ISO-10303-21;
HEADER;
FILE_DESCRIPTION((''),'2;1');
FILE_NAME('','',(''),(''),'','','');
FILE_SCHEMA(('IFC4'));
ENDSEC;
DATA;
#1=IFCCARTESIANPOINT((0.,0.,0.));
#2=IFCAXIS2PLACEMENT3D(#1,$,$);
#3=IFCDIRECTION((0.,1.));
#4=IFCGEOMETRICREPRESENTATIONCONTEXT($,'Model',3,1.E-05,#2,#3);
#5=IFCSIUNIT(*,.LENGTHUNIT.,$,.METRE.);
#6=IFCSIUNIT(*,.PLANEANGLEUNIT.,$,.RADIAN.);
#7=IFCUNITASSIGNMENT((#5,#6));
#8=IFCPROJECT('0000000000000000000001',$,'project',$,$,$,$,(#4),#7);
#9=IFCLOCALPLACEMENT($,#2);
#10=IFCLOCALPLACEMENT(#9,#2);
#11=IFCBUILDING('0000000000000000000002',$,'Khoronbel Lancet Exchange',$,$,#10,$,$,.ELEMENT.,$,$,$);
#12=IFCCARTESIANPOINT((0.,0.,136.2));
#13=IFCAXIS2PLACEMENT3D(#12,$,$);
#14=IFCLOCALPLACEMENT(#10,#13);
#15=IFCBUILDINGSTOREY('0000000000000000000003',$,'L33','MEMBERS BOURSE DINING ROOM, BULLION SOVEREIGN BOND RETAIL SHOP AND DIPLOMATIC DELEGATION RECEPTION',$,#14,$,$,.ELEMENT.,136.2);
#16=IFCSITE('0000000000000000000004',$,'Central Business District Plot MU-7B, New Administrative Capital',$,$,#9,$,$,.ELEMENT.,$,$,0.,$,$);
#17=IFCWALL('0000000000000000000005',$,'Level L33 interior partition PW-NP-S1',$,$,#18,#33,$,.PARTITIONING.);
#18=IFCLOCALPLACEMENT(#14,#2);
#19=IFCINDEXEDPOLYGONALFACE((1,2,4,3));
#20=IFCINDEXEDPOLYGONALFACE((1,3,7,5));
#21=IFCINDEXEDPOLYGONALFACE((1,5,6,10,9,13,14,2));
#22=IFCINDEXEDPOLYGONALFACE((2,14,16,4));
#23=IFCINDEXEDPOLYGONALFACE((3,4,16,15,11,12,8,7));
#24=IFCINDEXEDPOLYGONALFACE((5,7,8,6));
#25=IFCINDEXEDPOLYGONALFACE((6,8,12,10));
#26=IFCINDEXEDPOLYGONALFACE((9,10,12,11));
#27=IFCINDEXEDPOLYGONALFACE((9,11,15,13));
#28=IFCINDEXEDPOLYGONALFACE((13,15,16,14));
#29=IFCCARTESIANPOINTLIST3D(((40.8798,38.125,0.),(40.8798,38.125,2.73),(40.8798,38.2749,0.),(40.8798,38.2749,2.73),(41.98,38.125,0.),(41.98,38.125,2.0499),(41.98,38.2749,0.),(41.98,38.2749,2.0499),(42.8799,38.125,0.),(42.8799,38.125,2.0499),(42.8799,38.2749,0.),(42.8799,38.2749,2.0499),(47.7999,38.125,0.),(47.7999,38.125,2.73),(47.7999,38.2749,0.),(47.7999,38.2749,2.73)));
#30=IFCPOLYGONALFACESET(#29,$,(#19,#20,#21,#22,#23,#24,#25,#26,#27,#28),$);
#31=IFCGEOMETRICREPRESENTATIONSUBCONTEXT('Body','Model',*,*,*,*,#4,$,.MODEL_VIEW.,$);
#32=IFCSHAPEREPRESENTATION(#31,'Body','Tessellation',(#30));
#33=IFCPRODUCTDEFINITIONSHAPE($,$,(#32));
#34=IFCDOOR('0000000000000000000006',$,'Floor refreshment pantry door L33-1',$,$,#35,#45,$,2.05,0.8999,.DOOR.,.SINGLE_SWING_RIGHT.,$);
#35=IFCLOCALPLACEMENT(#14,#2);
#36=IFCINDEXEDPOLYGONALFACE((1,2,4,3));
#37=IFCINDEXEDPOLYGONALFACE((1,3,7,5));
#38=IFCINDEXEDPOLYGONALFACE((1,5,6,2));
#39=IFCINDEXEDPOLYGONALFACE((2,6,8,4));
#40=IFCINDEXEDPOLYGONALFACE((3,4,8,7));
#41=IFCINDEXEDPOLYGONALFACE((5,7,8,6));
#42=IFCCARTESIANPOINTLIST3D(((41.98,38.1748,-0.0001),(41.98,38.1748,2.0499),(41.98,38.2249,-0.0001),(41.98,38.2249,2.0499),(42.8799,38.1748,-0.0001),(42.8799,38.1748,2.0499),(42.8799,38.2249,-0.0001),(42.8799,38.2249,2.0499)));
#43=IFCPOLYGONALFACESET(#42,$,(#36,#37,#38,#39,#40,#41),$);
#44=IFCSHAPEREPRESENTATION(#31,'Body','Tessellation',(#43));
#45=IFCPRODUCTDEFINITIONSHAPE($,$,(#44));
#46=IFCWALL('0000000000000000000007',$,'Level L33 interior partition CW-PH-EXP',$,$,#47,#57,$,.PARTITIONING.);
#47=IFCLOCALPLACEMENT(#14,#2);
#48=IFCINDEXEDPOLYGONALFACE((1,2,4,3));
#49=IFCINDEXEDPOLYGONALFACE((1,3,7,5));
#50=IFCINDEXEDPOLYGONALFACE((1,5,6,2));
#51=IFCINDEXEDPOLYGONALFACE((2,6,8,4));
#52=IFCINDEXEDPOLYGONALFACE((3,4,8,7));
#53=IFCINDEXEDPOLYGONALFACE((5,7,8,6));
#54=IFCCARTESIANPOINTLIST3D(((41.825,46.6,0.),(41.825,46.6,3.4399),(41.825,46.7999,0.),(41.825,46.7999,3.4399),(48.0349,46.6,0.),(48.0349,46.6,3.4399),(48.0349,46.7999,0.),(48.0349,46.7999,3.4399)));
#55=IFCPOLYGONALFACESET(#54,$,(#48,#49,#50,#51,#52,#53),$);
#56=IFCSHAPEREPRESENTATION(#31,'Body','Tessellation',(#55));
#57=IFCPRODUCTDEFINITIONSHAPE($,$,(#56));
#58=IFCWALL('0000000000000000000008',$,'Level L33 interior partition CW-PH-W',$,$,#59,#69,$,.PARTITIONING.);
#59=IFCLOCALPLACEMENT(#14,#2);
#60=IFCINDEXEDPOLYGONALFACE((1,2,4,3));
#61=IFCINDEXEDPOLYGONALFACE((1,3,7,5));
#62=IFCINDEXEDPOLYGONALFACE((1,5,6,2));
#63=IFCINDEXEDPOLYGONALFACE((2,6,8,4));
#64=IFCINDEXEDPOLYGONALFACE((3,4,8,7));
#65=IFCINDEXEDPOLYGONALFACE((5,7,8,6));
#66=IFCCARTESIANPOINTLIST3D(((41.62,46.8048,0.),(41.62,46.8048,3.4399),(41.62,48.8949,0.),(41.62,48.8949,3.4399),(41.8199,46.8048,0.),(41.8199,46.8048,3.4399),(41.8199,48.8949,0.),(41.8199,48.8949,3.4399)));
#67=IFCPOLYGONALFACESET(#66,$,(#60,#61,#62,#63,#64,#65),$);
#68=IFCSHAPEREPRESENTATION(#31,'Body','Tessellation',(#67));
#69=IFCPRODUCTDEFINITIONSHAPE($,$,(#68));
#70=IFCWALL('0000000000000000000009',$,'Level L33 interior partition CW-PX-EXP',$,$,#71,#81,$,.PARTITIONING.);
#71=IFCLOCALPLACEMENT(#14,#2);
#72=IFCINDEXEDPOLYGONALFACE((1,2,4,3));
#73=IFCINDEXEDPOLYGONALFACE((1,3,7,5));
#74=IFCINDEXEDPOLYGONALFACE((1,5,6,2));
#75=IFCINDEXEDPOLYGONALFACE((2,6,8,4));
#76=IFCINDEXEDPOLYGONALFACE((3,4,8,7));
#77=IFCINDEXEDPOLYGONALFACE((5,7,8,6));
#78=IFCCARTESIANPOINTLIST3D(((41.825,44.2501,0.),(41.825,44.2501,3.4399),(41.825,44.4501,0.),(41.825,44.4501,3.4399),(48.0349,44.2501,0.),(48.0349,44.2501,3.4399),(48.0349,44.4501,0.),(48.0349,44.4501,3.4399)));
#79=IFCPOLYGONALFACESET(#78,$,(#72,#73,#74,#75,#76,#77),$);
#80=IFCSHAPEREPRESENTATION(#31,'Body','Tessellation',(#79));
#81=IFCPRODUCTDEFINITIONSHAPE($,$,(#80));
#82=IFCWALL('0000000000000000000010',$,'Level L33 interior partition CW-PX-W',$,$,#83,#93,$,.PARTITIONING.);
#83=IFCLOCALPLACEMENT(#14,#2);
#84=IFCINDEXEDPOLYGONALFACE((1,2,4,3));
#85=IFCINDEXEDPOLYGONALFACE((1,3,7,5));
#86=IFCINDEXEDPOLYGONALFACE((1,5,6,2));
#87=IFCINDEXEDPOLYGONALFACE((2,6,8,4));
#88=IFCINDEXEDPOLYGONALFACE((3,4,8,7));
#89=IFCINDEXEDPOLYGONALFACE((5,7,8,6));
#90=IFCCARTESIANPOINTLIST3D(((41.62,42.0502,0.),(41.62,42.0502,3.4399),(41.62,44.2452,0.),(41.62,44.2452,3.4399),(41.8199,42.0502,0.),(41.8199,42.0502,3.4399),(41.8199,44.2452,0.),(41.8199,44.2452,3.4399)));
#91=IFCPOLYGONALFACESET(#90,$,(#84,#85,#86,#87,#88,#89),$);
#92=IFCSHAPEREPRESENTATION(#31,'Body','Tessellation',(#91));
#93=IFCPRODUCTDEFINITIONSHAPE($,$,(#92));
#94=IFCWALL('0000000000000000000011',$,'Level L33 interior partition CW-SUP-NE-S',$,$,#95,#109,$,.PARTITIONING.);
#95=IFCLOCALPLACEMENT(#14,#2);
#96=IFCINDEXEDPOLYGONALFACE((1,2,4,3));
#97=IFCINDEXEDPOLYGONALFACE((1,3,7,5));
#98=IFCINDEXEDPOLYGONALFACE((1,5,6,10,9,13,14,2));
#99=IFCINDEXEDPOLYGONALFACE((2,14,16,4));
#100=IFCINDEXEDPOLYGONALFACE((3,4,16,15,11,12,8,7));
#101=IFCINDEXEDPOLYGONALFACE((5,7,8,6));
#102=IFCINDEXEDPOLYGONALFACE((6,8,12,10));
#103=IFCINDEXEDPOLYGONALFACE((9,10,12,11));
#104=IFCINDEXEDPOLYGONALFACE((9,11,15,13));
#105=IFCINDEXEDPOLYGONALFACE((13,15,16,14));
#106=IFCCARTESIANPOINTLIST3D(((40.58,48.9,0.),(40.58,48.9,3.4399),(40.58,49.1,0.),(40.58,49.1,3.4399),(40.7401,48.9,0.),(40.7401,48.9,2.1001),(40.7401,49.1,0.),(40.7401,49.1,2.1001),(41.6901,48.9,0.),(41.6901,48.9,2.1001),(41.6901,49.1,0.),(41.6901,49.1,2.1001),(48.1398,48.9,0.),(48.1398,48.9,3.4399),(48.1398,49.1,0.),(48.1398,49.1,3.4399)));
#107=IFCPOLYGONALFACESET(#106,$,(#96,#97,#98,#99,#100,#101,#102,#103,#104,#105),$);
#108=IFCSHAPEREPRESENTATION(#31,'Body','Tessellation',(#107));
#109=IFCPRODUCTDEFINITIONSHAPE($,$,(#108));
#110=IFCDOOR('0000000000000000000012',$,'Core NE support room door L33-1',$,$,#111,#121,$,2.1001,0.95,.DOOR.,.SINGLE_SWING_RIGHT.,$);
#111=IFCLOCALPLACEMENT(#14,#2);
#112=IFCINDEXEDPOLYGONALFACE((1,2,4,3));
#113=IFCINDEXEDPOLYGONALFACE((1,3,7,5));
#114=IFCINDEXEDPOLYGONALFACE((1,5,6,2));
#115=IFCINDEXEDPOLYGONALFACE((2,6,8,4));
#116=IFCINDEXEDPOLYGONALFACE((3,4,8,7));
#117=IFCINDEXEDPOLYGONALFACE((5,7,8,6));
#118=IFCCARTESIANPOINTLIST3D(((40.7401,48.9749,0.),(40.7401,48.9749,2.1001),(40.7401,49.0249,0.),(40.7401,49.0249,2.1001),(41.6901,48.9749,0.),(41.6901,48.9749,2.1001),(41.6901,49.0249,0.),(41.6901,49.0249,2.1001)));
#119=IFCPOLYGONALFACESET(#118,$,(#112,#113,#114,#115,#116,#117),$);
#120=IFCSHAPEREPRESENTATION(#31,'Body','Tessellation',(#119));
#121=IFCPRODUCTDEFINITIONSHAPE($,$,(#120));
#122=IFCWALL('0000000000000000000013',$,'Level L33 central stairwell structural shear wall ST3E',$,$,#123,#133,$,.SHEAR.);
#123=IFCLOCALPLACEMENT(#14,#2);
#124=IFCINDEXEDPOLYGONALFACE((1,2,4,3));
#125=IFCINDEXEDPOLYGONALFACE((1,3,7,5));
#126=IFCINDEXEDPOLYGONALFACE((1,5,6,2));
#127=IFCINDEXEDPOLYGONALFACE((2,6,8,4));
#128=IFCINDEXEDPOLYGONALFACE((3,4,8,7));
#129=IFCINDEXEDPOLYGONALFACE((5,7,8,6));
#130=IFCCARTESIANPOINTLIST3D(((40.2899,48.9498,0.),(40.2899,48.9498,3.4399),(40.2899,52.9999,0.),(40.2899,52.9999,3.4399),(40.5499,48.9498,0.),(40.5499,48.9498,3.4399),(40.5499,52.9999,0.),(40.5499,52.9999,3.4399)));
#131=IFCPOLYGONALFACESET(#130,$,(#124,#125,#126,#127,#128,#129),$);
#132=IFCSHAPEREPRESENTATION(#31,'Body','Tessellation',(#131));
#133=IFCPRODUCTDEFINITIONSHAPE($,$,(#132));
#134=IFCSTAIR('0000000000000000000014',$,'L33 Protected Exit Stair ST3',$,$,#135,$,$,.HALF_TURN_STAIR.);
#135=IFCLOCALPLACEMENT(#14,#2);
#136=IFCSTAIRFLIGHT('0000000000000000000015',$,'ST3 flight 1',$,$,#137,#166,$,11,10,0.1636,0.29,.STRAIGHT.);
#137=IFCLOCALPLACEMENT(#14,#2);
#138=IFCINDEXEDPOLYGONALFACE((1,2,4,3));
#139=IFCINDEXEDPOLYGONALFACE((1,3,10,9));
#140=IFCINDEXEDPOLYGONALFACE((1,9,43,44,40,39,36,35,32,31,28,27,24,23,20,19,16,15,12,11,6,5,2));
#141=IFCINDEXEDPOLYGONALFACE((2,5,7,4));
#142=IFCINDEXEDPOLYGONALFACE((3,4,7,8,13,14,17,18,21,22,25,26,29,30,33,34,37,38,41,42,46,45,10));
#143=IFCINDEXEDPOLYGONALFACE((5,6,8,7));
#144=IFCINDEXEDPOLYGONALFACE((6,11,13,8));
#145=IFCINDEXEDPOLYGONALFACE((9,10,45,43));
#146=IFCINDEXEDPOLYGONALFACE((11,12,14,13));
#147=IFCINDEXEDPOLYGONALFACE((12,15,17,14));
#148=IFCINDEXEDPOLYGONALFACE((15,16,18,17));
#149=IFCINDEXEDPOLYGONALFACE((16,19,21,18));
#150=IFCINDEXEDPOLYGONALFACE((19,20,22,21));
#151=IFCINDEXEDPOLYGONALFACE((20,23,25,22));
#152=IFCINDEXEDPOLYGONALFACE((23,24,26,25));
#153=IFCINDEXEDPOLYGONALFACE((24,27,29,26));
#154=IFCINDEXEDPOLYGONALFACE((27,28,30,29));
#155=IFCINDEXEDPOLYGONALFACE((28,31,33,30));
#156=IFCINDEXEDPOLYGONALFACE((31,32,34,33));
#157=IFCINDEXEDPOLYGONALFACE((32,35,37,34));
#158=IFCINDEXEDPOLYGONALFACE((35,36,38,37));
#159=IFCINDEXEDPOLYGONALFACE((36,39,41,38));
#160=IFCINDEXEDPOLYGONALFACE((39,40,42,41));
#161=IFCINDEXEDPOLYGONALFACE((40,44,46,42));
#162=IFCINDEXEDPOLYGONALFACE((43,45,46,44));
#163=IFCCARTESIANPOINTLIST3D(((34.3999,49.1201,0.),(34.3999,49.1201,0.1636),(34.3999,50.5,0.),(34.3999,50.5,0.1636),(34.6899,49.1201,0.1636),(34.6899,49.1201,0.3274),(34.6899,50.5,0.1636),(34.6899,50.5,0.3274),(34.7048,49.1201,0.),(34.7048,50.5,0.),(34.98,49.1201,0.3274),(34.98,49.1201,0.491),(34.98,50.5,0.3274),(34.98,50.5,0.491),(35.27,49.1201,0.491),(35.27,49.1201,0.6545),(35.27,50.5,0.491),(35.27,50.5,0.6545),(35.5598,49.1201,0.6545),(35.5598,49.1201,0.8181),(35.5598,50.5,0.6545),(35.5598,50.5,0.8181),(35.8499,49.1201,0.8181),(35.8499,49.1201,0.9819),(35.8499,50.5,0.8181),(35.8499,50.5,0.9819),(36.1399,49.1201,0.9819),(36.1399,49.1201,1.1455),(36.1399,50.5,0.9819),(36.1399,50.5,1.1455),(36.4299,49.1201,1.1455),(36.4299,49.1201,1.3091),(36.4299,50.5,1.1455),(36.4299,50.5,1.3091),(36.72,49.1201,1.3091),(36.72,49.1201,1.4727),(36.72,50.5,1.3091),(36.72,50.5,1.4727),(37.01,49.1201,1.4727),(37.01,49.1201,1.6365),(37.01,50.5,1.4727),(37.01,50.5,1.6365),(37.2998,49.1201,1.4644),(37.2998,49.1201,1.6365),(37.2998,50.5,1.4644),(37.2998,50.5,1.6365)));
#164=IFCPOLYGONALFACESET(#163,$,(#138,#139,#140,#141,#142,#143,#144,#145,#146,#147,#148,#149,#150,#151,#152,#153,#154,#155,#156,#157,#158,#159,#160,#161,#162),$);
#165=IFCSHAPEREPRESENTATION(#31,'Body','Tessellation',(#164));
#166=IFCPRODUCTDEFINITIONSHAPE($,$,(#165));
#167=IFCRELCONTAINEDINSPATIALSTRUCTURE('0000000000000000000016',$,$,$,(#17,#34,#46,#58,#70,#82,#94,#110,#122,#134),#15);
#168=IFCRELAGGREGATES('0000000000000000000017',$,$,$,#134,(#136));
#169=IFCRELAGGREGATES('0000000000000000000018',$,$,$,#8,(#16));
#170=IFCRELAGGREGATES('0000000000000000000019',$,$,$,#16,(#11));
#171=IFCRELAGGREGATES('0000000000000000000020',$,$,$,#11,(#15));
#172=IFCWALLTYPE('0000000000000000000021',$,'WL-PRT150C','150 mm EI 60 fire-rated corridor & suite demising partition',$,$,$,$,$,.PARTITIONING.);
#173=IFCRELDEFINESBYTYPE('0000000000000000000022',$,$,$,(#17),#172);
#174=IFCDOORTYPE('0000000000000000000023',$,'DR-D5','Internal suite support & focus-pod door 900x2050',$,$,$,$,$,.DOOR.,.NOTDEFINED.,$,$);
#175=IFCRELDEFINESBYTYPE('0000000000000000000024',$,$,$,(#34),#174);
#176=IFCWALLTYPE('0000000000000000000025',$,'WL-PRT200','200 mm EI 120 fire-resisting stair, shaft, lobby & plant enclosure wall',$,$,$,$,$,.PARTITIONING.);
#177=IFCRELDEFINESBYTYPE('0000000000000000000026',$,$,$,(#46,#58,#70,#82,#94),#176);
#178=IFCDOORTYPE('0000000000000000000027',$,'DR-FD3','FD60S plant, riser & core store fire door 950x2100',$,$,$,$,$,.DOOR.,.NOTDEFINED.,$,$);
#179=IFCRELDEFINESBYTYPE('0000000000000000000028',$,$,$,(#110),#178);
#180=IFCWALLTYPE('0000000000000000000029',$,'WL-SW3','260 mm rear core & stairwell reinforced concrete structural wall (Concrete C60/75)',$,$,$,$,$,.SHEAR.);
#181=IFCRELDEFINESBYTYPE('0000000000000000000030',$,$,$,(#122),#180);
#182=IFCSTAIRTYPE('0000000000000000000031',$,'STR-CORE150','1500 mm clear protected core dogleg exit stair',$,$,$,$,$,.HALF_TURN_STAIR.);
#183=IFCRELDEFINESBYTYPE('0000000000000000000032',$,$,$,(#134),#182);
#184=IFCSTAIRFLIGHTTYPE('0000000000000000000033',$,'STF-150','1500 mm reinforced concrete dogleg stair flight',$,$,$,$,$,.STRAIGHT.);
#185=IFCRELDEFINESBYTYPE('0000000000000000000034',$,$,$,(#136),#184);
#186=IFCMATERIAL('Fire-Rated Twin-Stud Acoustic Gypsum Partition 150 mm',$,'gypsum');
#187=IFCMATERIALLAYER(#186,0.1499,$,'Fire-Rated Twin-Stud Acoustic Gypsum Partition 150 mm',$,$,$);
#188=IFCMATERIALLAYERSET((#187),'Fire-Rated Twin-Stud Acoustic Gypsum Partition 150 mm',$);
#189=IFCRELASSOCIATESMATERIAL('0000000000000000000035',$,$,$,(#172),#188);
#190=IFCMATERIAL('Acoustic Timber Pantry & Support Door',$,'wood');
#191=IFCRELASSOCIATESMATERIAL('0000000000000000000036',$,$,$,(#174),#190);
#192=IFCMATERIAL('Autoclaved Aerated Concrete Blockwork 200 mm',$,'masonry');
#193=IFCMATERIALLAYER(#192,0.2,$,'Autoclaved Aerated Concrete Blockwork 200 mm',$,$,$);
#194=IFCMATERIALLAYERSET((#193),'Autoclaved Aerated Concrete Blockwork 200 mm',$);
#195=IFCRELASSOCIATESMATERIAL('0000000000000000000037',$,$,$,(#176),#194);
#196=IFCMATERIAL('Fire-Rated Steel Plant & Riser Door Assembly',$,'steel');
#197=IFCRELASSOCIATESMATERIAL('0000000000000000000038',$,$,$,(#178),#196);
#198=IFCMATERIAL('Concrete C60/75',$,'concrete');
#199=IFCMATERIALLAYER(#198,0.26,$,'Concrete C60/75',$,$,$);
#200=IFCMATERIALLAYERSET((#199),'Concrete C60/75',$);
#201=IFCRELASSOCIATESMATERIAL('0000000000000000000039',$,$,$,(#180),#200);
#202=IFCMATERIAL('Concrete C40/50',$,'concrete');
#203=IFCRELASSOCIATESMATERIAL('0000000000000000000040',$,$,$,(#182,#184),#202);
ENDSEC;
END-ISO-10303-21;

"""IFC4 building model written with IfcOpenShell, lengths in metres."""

from ifc_helpers import new_model, si_unit, direction, frame, frame_2d, origin, place, context, subcontext, project, spatial, polyline, rectangle, outline, extrude, material, layer, layer_set, type_object, element, fill, aggregate, save


model = new_model("IFC4")

# Units and contexts
model_context = context("Model", 3, precision=1e-05, world=origin(), true_north=direction((0.0, 1.0)))
body_context = subcontext(model_context, "Body", "Model", "MODEL_VIEW")
ifc_project = project(units=[si_unit("LENGTHUNIT", "METRE"), si_unit("PLANEANGLEUNIT", "RADIAN")], contexts=[model_context])

# Site, building, storey
site_placement = place(None, origin())
site = spatial("IfcSite", under=ifc_project, at=site_placement, Name="Central Business District Plot MU-7B, New Administrative Capital", CompositionType="ELEMENT", RefElevation=0.0)
building_placement = place(site_placement, origin())
building = spatial("IfcBuilding", under=site, at=building_placement, Name="Khoronbel Lancet Exchange", CompositionType="ELEMENT")
storey_placement = place(building_placement, frame((0.0, 0.0, 136.2)))
storey = spatial("IfcBuildingStorey", under=building, at=storey_placement, Name="L33", Description="MEMBERS BOURSE DINING ROOM, BULLION SOVEREIGN BOND RETAIL SHOP AND DIPLOMATIC DELEGATION RECEPTION", CompositionType="ELEMENT", Elevation=136.2)

# Wall, opening, door
ifc_material_1 = material(Name="Fire-Rated Twin-Stud Acoustic Gypsum Partition 150 mm", Category="gypsum")
ifc_layer_1 = layer(ifc_material_1, 0.1499, Name="Fire-Rated Twin-Stud Acoustic Gypsum Partition 150 mm")
ifc_layer_set_1 = layer_set([ifc_layer_1], Name="Fire-Rated Twin-Stud Acoustic Gypsum Partition 150 mm")
wall_type_1 = type_object("IfcWallType", Name="WL-PRT150C", Description="150 mm EI 60 fire-rated corridor & suite demising partition", PredefinedType="PARTITIONING", material=ifc_layer_set_1)
wall_1_placement = place(storey_placement, frame((40.8799, 38.2, 0.0), z_axis=(0.0, 0.0, 1.0), x_axis=(1.0, 0.0, 0.0)))
wall_1 = element("IfcWall", 1, at=wall_1_placement, inside=storey, type_object=wall_type_1, Name="Level L33 interior partition PW-NP-S1", PredefinedType="PARTITIONING", context=body_context, shape_type="SweptSolid", body=[
    extrude(rectangle(XDim=6.9202, YDim=0.1499, at=frame_2d((3.46, 0.0))), origin(), (0.0, 0.0, 1.0), 2.73),
])
opening_1_placement = place(wall_1_placement, frame((1.1001, 0.0, 0.0)))
opening_1 = element("IfcOpeningElement", 2, at=opening_1_placement, cuts=wall_1, PredefinedType="OPENING", context=body_context, shape_type="SweptSolid", body=[
    extrude(rectangle(XDim=0.8999, YDim=2.05, at=frame_2d((0.45, 1.0249))), frame((0.0, 0.085, 0.0), z_axis=(0.0, -1.0, 0.0), x_axis=(1.0, 0.0, 0.0)), (0.0, 0.0, 1.0), 0.1699),
])
ifc_material_2 = material(Name="Acoustic Timber Pantry & Support Door", Category="wood")
door_type_1 = type_object("IfcDoorType", Name="DR-D5", Description="Internal suite support & focus-pod door 900x2050", OperationType="NOTDEFINED", PredefinedType="DOOR", material=ifc_material_2)
door_1_placement = place(opening_1_placement, origin())
door_1 = element("IfcDoor", 3, at=door_1_placement, inside=storey, type_object=door_type_1, Name="Floor refreshment pantry door L33-1", OperationType="SINGLE_SWING_RIGHT", OverallHeight=2.05, OverallWidth=0.8999, PredefinedType="DOOR", context=body_context, shape_type="SweptSolid", body=[
    extrude(rectangle(XDim=0.8999, YDim=2.05, at=frame_2d((0.45, 1.0249))), frame((0.0, 0.0249, 0.0), z_axis=(0.0, -1.0, 0.0), x_axis=(1.0, 0.0, 0.0)), (0.0, 0.0, 1.0), 0.05),
])
fill(opening_1, door_1)

# Walls
ifc_material_3 = material(Name="Autoclaved Aerated Concrete Blockwork 200 mm", Category="masonry")
ifc_layer_2 = layer(ifc_material_3, 0.2, Name="Autoclaved Aerated Concrete Blockwork 200 mm")
ifc_layer_set_2 = layer_set([ifc_layer_2], Name="Autoclaved Aerated Concrete Blockwork 200 mm")
wall_type_2 = type_object("IfcWallType", Name="WL-PRT200", Description="200 mm EI 120 fire-resisting stair, shaft, lobby & plant enclosure wall", PredefinedType="PARTITIONING", material=ifc_layer_set_2)
wall_2_placement = place(storey_placement, frame((41.825, 46.7, 0.0), z_axis=(0.0, 0.0, 1.0), x_axis=(1.0, 0.0, 0.0)))
element("IfcWall", 4, at=wall_2_placement, inside=storey, type_object=wall_type_2, Name="Level L33 interior partition CW-PH-EXP", PredefinedType="PARTITIONING", context=body_context, shape_type="SweptSolid", body=[
    extrude(rectangle(XDim=6.21, YDim=0.2, at=frame_2d((3.105, 0.0))), origin(), (0.0, 0.0, 1.0), 3.4399),
])
wall_3_placement = place(storey_placement, frame((41.72, 46.8049, 0.0), z_axis=(0.0, 0.0, 1.0), x_axis=(0.0, 1.0, 0.0)))
element("IfcWall", 5, at=wall_3_placement, inside=storey, type_object=wall_type_2, Name="Level L33 interior partition CW-PH-W", PredefinedType="PARTITIONING", context=body_context, shape_type="SweptSolid", body=[
    extrude(rectangle(XDim=2.0901, YDim=0.2, at=frame_2d((1.0449, 0.0))), origin(), (0.0, 0.0, 1.0), 3.4399),
])
wall_4_placement = place(storey_placement, frame((41.825, 44.3501, 0.0), z_axis=(0.0, 0.0, 1.0), x_axis=(1.0, 0.0, 0.0)))
element("IfcWall", 6, at=wall_4_placement, inside=storey, type_object=wall_type_2, Name="Level L33 interior partition CW-PX-EXP", PredefinedType="PARTITIONING", context=body_context, shape_type="SweptSolid", body=[
    extrude(rectangle(XDim=6.21, YDim=0.2, at=frame_2d((3.105, 0.0))), origin(), (0.0, 0.0, 1.0), 3.4399),
])
wall_5_placement = place(storey_placement, frame((41.72, 42.05, 0.0), z_axis=(0.0, 0.0, 1.0), x_axis=(0.0, 1.0, 0.0)))
element("IfcWall", 7, at=wall_5_placement, inside=storey, type_object=wall_type_2, Name="Level L33 interior partition CW-PX-W", PredefinedType="PARTITIONING", context=body_context, shape_type="SweptSolid", body=[
    extrude(rectangle(XDim=2.1951, YDim=0.2, at=frame_2d((1.0977, 0.0))), origin(), (0.0, 0.0, 1.0), 3.4399),
])

# Wall, opening, door
wall_6_placement = place(storey_placement, frame((40.5801, 49.0, 0.0), z_axis=(0.0, 0.0, 1.0), x_axis=(1.0, 0.0, 0.0)))
wall_6 = element("IfcWall", 8, at=wall_6_placement, inside=storey, type_object=wall_type_2, Name="Level L33 interior partition CW-SUP-NE-S", PredefinedType="PARTITIONING", context=body_context, shape_type="SweptSolid", body=[
    extrude(rectangle(XDim=7.5598, YDim=0.2, at=frame_2d((3.7798, 0.0))), origin(), (0.0, 0.0, 1.0), 3.4399),
])
opening_2_placement = place(wall_6_placement, frame((0.1599, 0.0, 0.0)))
opening_2 = element("IfcOpeningElement", 9, at=opening_2_placement, cuts=wall_6, PredefinedType="OPENING", context=body_context, shape_type="SweptSolid", body=[
    extrude(rectangle(XDim=0.95, YDim=2.1001, at=frame_2d((0.4751, 1.05))), frame((0.0, 0.1099, 0.0), z_axis=(0.0, -1.0, 0.0), x_axis=(1.0, 0.0, 0.0)), (0.0, 0.0, 1.0), 0.22),
])
ifc_material_4 = material(Name="Fire-Rated Steel Plant & Riser Door Assembly", Category="steel")
door_type_2 = type_object("IfcDoorType", Name="DR-FD3", Description="FD60S plant, riser & core store fire door 950x2100", OperationType="NOTDEFINED", PredefinedType="DOOR", material=ifc_material_4)
door_2_placement = place(opening_2_placement, origin())
door_2 = element("IfcDoor", 10, at=door_2_placement, inside=storey, type_object=door_type_2, Name="Core NE support room door L33-1", OperationType="SINGLE_SWING_RIGHT", OverallHeight=2.1001, OverallWidth=0.95, PredefinedType="DOOR", context=body_context, shape_type="SweptSolid", body=[
    extrude(rectangle(XDim=0.95, YDim=2.1001, at=frame_2d((0.4751, 1.05))), frame((0.0, 0.0249, 0.0), z_axis=(0.0, -1.0, 0.0), x_axis=(1.0, 0.0, 0.0)), (0.0, 0.0, 1.0), 0.05),
])
fill(opening_2, door_2)

# Wall
ifc_material_5 = material(Name="Concrete C60/75", Category="concrete")
ifc_layer_3 = layer(ifc_material_5, 0.26, Name="Concrete C60/75")
ifc_layer_set_3 = layer_set([ifc_layer_3], Name="Concrete C60/75")
wall_type_3 = type_object("IfcWallType", Name="WL-SW3", Description="260 mm rear core & stairwell reinforced concrete structural wall (Concrete C60/75)", PredefinedType="SHEAR", material=ifc_layer_set_3)
wall_7_placement = place(storey_placement, frame((40.4199, 48.95, 0.0), z_axis=(0.0, 0.0, 1.0), x_axis=(0.0, 1.0, 0.0)))
element("IfcWall", 11, at=wall_7_placement, inside=storey, type_object=wall_type_3, Name="Level L33 central stairwell structural shear wall ST3E", PredefinedType="SHEAR", context=body_context, shape_type="SweptSolid", body=[
    extrude(rectangle(XDim=4.05, YDim=0.26, at=frame_2d((2.0249, 0.0))), origin(), (0.0, 0.0, 1.0), 3.4399),
])

# Stair, stair flight
ifc_material_6 = material(Name="Concrete C40/50", Category="concrete")
stair_type = type_object("IfcStairType", Name="STR-CORE150", Description="1500 mm clear protected core dogleg exit stair", PredefinedType="HALF_TURN_STAIR", material=ifc_material_6)
stair_placement = place(storey_placement, origin())
stair = element("IfcStair", 12, at=stair_placement, inside=storey, type_object=stair_type, Name="L33 Protected Exit Stair ST3", PredefinedType="HALF_TURN_STAIR")
stair_flight_type = type_object("IfcStairFlightType", Name="STF-150", Description="1500 mm reinforced concrete dogleg stair flight", PredefinedType="STRAIGHT", material=ifc_material_6)
stair_flight_1_placement = place(storey_placement, frame((34.3999, 49.8101, 0.0), z_axis=(0.0, 0.0, 1.0), x_axis=(1.0, 0.0, 0.0)))
stair_flight_1 = element("IfcStairFlight", 13, at=stair_flight_1_placement, type_object=stair_flight_type, Name="ST3 flight 1", NumberOfRisers=11, NumberOfTreads=10, PredefinedType="STRAIGHT", RiserHeight=0.1636, TreadLength=0.29, context=body_context, shape_type="SweptSolid", body=[
    extrude(outline(polyline([(0.0, 0.0), (0.0, 0.1636), (0.29, 0.1636), (0.29, 0.3274), (0.5801, 0.3274), (0.5801, 0.491), (0.8701, 0.491), (0.8701, 0.6545), (1.1599, 0.6545), (1.1599, 0.8181), (1.45, 0.8181), (1.45, 0.9819), (1.74, 0.9819), (1.74, 1.1455), (2.03, 1.1455), (2.03, 1.3091), (2.3201, 1.3091), (2.3201, 1.4727), (2.6101, 1.4727), (2.6101, 1.6365), (2.8999, 1.6365), (2.8999, 1.8), (2.8999, 1.4644), (0.3049, 0.0), (0.0, 0.0)])), frame((0.0, 0.6899, 0.0), z_axis=(0.0, -1.0, 0.0), x_axis=(1.0, 0.0, 0.0)), (0.0, 0.0, 1.0), 1.3799),
])
aggregate(stair, [stair_flight_1])

save(model, "model.ifc")
